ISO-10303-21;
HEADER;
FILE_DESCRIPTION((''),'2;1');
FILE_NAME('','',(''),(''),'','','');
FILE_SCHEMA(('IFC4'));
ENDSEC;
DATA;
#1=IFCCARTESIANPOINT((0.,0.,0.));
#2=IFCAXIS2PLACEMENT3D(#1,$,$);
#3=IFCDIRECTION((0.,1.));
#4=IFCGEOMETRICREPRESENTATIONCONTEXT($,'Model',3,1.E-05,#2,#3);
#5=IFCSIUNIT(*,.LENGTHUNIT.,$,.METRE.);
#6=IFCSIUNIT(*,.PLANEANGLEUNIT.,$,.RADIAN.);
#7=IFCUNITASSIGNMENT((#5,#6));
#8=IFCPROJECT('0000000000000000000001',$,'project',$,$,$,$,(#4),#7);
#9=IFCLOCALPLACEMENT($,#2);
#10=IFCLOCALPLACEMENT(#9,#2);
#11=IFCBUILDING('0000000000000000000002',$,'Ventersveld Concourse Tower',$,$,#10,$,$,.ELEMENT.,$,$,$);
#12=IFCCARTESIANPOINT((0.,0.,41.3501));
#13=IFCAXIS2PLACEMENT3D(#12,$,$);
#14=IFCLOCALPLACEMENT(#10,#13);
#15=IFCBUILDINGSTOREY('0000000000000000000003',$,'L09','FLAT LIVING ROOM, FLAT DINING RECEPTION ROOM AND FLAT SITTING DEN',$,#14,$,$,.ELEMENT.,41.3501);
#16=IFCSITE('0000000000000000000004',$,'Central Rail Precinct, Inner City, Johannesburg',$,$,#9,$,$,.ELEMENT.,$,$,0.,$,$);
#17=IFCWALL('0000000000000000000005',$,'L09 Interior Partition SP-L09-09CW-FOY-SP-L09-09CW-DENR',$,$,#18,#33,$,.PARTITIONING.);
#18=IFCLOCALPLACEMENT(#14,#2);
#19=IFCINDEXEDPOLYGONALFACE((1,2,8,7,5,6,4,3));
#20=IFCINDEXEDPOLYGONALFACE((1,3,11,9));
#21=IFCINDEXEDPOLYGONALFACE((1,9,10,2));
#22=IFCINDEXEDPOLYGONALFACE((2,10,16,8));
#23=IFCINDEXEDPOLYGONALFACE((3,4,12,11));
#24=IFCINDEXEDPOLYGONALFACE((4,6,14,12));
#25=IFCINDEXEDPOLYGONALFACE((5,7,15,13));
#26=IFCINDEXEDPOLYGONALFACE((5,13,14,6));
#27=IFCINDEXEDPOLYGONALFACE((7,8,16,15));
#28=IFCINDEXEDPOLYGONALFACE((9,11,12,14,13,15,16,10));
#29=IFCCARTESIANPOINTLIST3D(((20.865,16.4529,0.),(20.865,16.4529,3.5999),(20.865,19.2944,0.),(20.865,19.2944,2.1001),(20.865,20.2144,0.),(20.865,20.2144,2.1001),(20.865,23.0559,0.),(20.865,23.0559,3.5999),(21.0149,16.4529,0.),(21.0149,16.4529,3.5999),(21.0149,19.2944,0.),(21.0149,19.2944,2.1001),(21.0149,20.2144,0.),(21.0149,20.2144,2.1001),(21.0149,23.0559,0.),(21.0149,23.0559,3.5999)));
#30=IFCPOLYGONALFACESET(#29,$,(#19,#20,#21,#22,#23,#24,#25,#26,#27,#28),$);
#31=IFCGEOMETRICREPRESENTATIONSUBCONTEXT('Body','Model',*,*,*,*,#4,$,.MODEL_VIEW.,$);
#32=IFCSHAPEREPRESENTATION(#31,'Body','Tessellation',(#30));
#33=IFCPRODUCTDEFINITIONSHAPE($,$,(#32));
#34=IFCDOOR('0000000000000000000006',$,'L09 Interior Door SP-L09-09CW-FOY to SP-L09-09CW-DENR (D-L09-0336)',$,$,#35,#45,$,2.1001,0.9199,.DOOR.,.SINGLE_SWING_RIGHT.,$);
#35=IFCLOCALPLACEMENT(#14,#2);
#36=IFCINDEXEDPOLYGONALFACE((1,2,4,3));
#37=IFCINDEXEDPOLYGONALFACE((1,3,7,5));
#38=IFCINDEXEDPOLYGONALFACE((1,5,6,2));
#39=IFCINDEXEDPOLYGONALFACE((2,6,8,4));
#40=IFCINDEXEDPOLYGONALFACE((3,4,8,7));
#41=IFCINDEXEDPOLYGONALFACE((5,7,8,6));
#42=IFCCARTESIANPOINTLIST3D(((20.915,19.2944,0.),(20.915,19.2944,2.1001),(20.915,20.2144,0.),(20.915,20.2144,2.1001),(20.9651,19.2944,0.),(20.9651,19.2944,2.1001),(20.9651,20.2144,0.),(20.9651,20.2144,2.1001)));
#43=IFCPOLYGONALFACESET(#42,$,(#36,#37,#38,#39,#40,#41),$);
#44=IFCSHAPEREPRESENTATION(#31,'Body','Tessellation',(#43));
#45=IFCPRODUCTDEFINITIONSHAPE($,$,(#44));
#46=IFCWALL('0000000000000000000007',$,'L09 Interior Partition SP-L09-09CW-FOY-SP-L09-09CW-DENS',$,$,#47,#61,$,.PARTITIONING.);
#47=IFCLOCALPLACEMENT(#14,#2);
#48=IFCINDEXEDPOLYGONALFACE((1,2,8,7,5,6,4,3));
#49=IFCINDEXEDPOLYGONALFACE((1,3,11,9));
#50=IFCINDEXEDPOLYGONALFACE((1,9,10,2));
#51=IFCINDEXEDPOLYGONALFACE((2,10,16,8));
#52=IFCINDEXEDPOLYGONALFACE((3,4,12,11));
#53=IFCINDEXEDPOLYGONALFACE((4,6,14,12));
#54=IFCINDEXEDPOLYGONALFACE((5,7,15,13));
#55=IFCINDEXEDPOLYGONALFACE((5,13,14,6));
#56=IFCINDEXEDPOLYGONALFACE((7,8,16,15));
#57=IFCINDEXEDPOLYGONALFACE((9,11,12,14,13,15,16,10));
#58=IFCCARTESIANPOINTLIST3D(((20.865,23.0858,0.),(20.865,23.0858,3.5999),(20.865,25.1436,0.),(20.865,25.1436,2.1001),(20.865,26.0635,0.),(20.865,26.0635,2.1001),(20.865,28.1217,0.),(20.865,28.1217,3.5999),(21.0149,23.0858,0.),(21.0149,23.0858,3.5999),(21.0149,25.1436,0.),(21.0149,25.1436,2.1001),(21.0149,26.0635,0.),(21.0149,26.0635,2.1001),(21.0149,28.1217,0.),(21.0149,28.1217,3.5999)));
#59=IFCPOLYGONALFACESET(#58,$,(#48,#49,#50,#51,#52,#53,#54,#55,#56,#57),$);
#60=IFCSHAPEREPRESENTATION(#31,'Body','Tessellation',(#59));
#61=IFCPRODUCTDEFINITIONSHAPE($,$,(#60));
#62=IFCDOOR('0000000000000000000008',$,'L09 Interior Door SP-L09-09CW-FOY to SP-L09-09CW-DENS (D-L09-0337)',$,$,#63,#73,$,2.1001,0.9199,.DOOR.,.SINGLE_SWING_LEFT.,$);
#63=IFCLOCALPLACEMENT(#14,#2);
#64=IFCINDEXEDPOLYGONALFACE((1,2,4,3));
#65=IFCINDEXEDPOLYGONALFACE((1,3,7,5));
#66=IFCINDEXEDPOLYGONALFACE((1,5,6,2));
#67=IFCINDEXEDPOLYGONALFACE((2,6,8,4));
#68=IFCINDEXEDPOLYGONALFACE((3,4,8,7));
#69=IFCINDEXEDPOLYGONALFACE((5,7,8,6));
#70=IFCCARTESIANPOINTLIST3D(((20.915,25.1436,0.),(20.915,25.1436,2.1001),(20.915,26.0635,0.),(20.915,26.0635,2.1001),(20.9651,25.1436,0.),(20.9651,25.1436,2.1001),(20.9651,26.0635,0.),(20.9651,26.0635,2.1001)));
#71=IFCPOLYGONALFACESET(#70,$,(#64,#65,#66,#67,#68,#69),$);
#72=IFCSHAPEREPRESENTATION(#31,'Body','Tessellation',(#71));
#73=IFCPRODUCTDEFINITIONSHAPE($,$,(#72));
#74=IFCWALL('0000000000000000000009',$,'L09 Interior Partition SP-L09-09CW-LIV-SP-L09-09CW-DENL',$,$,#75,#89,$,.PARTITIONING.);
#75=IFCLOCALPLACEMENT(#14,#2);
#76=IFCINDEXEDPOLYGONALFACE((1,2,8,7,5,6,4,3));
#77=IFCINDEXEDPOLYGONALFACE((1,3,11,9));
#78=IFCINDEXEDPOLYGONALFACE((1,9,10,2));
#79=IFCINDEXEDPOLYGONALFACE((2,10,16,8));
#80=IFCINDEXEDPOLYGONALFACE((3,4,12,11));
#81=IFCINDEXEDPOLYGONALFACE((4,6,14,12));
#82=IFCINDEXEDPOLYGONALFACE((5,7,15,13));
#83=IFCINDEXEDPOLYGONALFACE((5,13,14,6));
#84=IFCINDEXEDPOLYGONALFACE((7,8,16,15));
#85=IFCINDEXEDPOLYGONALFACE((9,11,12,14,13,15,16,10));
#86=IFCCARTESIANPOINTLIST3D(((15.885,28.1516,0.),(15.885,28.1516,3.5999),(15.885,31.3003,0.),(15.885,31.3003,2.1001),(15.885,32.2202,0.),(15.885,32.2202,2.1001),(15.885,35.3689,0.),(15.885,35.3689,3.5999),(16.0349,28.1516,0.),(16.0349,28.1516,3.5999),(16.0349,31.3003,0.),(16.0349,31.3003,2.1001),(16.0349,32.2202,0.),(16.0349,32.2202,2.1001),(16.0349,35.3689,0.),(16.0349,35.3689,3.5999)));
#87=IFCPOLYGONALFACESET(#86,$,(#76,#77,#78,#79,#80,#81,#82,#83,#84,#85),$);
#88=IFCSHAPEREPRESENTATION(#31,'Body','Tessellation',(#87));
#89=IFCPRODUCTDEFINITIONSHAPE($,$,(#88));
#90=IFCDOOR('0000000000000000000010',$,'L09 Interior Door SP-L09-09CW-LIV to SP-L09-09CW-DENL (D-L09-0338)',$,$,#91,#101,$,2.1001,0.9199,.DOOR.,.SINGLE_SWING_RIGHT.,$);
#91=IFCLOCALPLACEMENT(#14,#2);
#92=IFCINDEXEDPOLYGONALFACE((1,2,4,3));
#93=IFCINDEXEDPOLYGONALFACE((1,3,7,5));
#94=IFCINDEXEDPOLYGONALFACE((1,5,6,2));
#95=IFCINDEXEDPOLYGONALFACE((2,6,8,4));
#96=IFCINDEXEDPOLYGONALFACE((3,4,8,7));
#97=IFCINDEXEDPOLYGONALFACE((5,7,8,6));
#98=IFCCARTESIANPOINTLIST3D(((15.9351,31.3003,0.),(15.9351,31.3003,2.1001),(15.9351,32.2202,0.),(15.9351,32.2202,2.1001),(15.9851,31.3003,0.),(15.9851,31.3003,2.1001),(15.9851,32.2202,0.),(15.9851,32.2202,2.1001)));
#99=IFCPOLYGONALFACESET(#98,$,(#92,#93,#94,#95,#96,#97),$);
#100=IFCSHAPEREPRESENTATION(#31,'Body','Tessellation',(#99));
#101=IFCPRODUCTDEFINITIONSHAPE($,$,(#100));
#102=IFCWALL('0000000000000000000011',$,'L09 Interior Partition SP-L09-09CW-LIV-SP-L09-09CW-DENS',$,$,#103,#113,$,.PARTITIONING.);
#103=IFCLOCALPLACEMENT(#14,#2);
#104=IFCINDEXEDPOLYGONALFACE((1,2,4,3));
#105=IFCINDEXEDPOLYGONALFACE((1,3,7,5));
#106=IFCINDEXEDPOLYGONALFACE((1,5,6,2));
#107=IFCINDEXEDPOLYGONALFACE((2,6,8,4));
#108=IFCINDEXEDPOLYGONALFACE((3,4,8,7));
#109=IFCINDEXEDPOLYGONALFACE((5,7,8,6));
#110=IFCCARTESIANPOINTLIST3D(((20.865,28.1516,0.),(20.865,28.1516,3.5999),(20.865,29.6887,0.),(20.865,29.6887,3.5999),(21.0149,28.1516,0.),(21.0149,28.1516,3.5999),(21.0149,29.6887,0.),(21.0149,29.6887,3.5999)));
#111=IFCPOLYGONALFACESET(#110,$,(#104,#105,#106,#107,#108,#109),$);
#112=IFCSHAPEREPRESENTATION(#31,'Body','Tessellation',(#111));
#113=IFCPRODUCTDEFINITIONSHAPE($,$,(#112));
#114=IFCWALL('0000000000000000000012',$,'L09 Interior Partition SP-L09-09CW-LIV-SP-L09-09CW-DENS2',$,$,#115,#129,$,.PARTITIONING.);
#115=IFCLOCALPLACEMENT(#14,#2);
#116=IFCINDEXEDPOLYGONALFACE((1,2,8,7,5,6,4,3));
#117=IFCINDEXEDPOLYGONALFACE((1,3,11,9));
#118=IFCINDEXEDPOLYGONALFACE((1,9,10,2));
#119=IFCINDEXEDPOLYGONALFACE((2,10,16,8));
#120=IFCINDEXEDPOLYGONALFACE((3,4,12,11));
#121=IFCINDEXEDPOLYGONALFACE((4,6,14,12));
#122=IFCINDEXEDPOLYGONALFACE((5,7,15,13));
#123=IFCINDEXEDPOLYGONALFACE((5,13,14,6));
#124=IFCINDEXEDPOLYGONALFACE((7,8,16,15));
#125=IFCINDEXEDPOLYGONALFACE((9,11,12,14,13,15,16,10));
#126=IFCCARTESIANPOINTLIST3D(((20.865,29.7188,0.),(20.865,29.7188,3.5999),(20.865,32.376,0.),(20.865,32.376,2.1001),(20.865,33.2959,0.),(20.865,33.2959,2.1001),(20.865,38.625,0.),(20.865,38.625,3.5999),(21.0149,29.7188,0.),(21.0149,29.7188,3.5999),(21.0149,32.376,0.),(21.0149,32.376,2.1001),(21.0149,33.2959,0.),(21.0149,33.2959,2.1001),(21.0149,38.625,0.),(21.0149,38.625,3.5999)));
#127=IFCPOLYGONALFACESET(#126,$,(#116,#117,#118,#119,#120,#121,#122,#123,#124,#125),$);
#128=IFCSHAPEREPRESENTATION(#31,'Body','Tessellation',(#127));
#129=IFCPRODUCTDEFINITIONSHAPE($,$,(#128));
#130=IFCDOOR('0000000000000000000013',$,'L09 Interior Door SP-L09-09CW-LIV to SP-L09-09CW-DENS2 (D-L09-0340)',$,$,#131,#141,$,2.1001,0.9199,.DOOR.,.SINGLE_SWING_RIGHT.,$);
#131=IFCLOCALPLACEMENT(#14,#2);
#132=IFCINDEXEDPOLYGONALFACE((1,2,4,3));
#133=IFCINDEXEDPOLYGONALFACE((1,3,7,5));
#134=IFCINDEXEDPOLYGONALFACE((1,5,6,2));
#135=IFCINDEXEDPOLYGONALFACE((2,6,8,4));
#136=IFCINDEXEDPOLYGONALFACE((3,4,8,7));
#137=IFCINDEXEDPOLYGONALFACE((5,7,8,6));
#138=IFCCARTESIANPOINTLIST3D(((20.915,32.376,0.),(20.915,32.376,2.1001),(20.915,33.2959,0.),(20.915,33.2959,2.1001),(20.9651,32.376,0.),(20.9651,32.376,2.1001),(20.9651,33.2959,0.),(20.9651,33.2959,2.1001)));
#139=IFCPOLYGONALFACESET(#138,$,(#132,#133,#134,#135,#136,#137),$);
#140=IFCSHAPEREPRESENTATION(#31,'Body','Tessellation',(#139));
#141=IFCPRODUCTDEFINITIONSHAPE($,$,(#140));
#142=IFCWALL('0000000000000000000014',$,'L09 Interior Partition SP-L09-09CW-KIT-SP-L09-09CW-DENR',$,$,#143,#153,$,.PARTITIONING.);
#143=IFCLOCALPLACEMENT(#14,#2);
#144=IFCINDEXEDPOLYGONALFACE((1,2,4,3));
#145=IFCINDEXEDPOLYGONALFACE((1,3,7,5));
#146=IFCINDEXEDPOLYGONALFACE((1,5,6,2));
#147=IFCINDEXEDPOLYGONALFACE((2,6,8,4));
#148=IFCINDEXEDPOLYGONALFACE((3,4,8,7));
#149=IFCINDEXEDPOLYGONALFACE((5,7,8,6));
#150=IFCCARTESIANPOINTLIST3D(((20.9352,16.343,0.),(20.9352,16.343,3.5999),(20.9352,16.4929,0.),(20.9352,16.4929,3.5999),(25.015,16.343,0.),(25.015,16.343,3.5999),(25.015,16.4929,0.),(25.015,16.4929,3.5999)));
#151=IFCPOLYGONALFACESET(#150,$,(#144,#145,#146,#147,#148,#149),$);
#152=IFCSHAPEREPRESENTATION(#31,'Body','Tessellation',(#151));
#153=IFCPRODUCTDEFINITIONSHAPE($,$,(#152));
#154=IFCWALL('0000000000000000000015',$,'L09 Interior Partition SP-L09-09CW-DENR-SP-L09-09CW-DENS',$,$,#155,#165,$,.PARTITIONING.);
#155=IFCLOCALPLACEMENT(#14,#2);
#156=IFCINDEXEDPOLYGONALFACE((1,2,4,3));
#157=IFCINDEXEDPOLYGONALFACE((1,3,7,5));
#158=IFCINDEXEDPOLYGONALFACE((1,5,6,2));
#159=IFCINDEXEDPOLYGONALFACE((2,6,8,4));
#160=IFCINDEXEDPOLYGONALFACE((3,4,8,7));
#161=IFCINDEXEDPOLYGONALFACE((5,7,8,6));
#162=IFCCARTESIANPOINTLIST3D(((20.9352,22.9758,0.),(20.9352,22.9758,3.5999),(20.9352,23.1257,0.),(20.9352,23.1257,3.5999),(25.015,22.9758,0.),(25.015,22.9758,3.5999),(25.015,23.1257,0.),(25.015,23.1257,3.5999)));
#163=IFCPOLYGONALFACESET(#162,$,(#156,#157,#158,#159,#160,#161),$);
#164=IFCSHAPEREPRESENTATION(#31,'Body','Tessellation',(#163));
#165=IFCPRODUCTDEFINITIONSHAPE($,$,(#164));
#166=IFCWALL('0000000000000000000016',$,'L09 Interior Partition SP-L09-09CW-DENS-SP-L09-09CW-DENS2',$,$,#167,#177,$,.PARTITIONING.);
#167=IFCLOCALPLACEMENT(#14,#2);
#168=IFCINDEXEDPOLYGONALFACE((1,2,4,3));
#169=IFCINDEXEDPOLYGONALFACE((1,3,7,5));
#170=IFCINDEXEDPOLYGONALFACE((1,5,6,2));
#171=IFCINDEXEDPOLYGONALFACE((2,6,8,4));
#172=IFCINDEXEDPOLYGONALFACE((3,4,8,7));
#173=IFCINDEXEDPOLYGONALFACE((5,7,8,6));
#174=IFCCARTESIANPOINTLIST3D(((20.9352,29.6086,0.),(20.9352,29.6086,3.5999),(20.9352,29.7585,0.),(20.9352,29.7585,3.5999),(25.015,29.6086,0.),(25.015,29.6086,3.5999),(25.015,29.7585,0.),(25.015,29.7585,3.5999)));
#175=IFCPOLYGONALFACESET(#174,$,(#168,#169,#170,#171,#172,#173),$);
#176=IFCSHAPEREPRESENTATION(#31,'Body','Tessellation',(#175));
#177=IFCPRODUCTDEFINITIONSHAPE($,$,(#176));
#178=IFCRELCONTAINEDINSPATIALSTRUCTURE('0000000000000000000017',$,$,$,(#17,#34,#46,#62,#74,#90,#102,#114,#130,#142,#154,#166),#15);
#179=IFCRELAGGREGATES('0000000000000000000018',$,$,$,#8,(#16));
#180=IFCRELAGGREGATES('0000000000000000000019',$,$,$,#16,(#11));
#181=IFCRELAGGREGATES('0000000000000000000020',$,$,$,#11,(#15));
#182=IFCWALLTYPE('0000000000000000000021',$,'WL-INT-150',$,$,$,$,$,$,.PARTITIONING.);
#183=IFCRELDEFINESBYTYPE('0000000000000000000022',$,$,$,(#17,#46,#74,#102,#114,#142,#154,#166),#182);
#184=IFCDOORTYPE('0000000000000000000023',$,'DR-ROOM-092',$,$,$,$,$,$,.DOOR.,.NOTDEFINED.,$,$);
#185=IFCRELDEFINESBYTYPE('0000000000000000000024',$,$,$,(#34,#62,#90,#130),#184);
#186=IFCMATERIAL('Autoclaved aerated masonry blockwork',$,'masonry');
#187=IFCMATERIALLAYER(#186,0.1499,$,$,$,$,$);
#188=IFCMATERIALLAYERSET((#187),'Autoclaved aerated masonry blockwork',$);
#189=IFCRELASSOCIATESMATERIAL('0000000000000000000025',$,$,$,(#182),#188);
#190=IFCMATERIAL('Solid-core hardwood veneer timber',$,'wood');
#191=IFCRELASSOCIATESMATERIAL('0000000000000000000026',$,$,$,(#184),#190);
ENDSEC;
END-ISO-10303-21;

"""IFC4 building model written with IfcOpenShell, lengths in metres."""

from ifc_helpers import new_model, si_unit, direction, frame, frame_2d, origin, place, context, subcontext, project, spatial, rectangle, extrude, material, layer, layer_set, type_object, element, fill, save


model = new_model("IFC4")

# Units and contexts
model_context = context("Model", 3, precision=1e-05, world=origin(), true_north=direction((0.0, 1.0)))
body_context = subcontext(model_context, "Body", "Model", "MODEL_VIEW")
ifc_project = project(units=[si_unit("LENGTHUNIT", "METRE"), si_unit("PLANEANGLEUNIT", "RADIAN")], contexts=[model_context])

# Site, building, storey
site_placement = place(None, origin())
site = spatial("IfcSite", under=ifc_project, at=site_placement, Name="Central Rail Precinct, Inner City, Johannesburg", CompositionType="ELEMENT", RefElevation=0.0)
building_placement = place(site_placement, origin())
building = spatial("IfcBuilding", under=site, at=building_placement, Name="Ventersveld Concourse Tower", CompositionType="ELEMENT")
storey_placement = place(building_placement, frame((0.0, 0.0, 41.3501)))
storey = spatial("IfcBuildingStorey", under=building, at=storey_placement, Name="L09", Description="FLAT LIVING ROOM, FLAT DINING RECEPTION ROOM AND FLAT SITTING DEN", CompositionType="ELEMENT", Elevation=41.3501)

# Walls, openings, doors
ifc_material_1 = material(Name="Autoclaved aerated masonry blockwork", Category="masonry")
ifc_layer_1 = layer(ifc_material_1, 0.1499)
ifc_layer_set_1 = layer_set([ifc_layer_1], Name="Autoclaved aerated masonry blockwork")
wall_type_1 = type_object("IfcWallType", Name="WL-INT-150", PredefinedType="PARTITIONING", material=ifc_layer_set_1)
ifc_material_2 = material(Name="Solid-core hardwood veneer timber", Category="wood")
door_type = type_object("IfcDoorType", Name="DR-ROOM-092", OperationType="NOTDEFINED", PredefinedType="DOOR", material=ifc_material_2)
wall_1_placement = place(storey_placement, frame((20.9399, 16.4529, 0.0), z_axis=(0.0, 0.0, 1.0), x_axis=(0.0, 1.0, 0.0)))
wall_1 = element("IfcWall", 1, at=wall_1_placement, inside=storey, type_object=wall_type_1, Name="L09 Interior Partition SP-L09-09CW-FOY-SP-L09-09CW-DENR", PredefinedType="PARTITIONING", context=body_context, shape_type="SweptSolid", body=[
    extrude(rectangle(XDim=6.603, YDim=0.1499, at=frame_2d((3.3015, 0.0))), origin(), (0.0, 0.0, 1.0), 3.5999),
])
opening_1_placement = place(wall_1_placement, frame((2.8416, 0.0, 0.0)))
opening_1 = element("IfcOpeningElement", 2, at=opening_1_placement, cuts=wall_1, PredefinedType="OPENING", context=body_context, shape_type="SweptSolid", body=[
    extrude(rectangle(XDim=0.9199, YDim=2.1001, at=frame_2d((0.46, 1.05))), frame((0.0, 0.085, 0.0), z_axis=(0.0, -1.0, 0.0), x_axis=(1.0, 0.0, 0.0)), (0.0, 0.0, 1.0), 0.1699),
])
door_1_placement = place(opening_1_placement, origin())
door_1 = element("IfcDoor", 3, at=door_1_placement, inside=storey, type_object=door_type, Name="L09 Interior Door SP-L09-09CW-FOY to SP-L09-09CW-DENR (D-L09-0336)", OperationType="SINGLE_SWING_RIGHT", OverallHeight=2.1001, OverallWidth=0.9199, PredefinedType="DOOR", context=body_context, shape_type="SweptSolid", body=[
    extrude(rectangle(XDim=0.9199, YDim=2.1001, at=frame_2d((0.46, 1.05))), frame((0.0, 0.0249, 0.0), z_axis=(0.0, -1.0, 0.0), x_axis=(1.0, 0.0, 0.0)), (0.0, 0.0, 1.0), 0.05),
])
fill(opening_1, door_1)
wall_2_placement = place(storey_placement, frame((20.9399, 23.0857, 0.0), z_axis=(0.0, 0.0, 1.0), x_axis=(0.0, 1.0, 0.0)))
wall_2 = element("IfcWall", 4, at=wall_2_placement, inside=storey, type_object=wall_type_1, Name="L09 Interior Partition SP-L09-09CW-FOY-SP-L09-09CW-DENS", PredefinedType="PARTITIONING", context=body_context, shape_type="SweptSolid", body=[
    extrude(rectangle(XDim=5.0359, YDim=0.1499, at=frame_2d((2.5181, 0.0))), origin(), (0.0, 0.0, 1.0), 3.5999),
])
opening_2_placement = place(wall_2_placement, frame((2.0579, 0.0, 0.0)))
opening_2 = element("IfcOpeningElement", 5, at=opening_2_placement, cuts=wall_2, PredefinedType="OPENING", context=body_context, shape_type="SweptSolid", body=[
    extrude(rectangle(XDim=0.9199, YDim=2.1001, at=frame_2d((0.46, 1.05))), frame((0.0, 0.085, 0.0), z_axis=(0.0, -1.0, 0.0), x_axis=(1.0, 0.0, 0.0)), (0.0, 0.0, 1.0), 0.1699),
])
door_2_placement = place(opening_2_placement, origin())
door_2 = element("IfcDoor", 6, at=door_2_placement, inside=storey, type_object=door_type, Name="L09 Interior Door SP-L09-09CW-FOY to SP-L09-09CW-DENS (D-L09-0337)", OperationType="SINGLE_SWING_LEFT", OverallHeight=2.1001, OverallWidth=0.9199, PredefinedType="DOOR", context=body_context, shape_type="SweptSolid", body=[
    extrude(rectangle(XDim=0.9199, YDim=2.1001, at=frame_2d((0.46, 1.05))), frame((0.0, 0.0249, 0.0), z_axis=(0.0, -1.0, 0.0), x_axis=(1.0, 0.0, 0.0)), (0.0, 0.0, 1.0), 0.05),
])
fill(opening_2, door_2)
wall_3_placement = place(storey_placement, frame((15.96, 28.1516, 0.0), z_axis=(0.0, 0.0, 1.0), x_axis=(0.0, 1.0, 0.0)))
wall_3 = element("IfcWall", 7, at=wall_3_placement, inside=storey, type_object=wall_type_1, Name="L09 Interior Partition SP-L09-09CW-LIV-SP-L09-09CW-DENL", PredefinedType="PARTITIONING", context=body_context, shape_type="SweptSolid", body=[
    extrude(rectangle(XDim=7.2173, YDim=0.1499, at=frame_2d((3.6086, 0.0))), origin(), (0.0, 0.0, 1.0), 3.5999),
])
opening_3_placement = place(wall_3_placement, frame((3.1487, 0.0, 0.0)))
opening_3 = element("IfcOpeningElement", 8, at=opening_3_placement, cuts=wall_3, PredefinedType="OPENING", context=body_context, shape_type="SweptSolid", body=[
    extrude(rectangle(XDim=0.9199, YDim=2.1001, at=frame_2d((0.46, 1.05))), frame((0.0, 0.085, 0.0), z_axis=(0.0, -1.0, 0.0), x_axis=(1.0, 0.0, 0.0)), (0.0, 0.0, 1.0), 0.1699),
])
door_3_placement = place(opening_3_placement, origin())
door_3 = element("IfcDoor", 9, at=door_3_placement, inside=storey, type_object=door_type, Name="L09 Interior Door SP-L09-09CW-LIV to SP-L09-09CW-DENL (D-L09-0338)", OperationType="SINGLE_SWING_RIGHT", OverallHeight=2.1001, OverallWidth=0.9199, PredefinedType="DOOR", context=body_context, shape_type="SweptSolid", body=[
    extrude(rectangle(XDim=0.9199, YDim=2.1001, at=frame_2d((0.46, 1.05))), frame((0.0, 0.0249, 0.0), z_axis=(0.0, -1.0, 0.0), x_axis=(1.0, 0.0, 0.0)), (0.0, 0.0, 1.0), 0.05),
])
fill(opening_3, door_3)

# Wall
wall_4_placement = place(storey_placement, frame((20.9399, 28.1516, 0.0), z_axis=(0.0, 0.0, 1.0), x_axis=(0.0, 1.0, 0.0)))
element("IfcWall", 10, at=wall_4_placement, inside=storey, type_object=wall_type_1, Name="L09 Interior Partition SP-L09-09CW-LIV-SP-L09-09CW-DENS", PredefinedType="PARTITIONING", context=body_context, shape_type="SweptSolid", body=[
    extrude(rectangle(XDim=1.5371, YDim=0.1499, at=frame_2d((0.7686, 0.0))), origin(), (0.0, 0.0, 1.0), 3.5999),
])

# Wall, opening, door
wall_5_placement = place(storey_placement, frame((20.9399, 29.7188, 0.0), z_axis=(0.0, 0.0, 1.0), x_axis=(0.0, 1.0, 0.0)))
wall_5 = element("IfcWall", 11, at=wall_5_placement, inside=storey, type_object=wall_type_1, Name="L09 Interior Partition SP-L09-09CW-LIV-SP-L09-09CW-DENS2", PredefinedType="PARTITIONING", context=body_context, shape_type="SweptSolid", body=[
    extrude(rectangle(XDim=8.9062, YDim=0.1499, at=frame_2d((4.4531, 0.0))), origin(), (0.0, 0.0, 1.0), 3.5999),
])
opening_4_placement = place(wall_5_placement, frame((2.6572, 0.0, 0.0)))
opening_4 = element("IfcOpeningElement", 12, at=opening_4_placement, cuts=wall_5, PredefinedType="OPENING", context=body_context, shape_type="SweptSolid", body=[
    extrude(rectangle(XDim=0.9199, YDim=2.1001, at=frame_2d((0.46, 1.05))), frame((0.0, 0.085, 0.0), z_axis=(0.0, -1.0, 0.0), x_axis=(1.0, 0.0, 0.0)), (0.0, 0.0, 1.0), 0.1699),
])
door_4_placement = place(opening_4_placement, origin())
door_4 = element("IfcDoor", 13, at=door_4_placement, inside=storey, type_object=door_type, Name="L09 Interior Door SP-L09-09CW-LIV to SP-L09-09CW-DENS2 (D-L09-0340)", OperationType="SINGLE_SWING_RIGHT", OverallHeight=2.1001, OverallWidth=0.9199, PredefinedType="DOOR", context=body_context, shape_type="SweptSolid", body=[
    extrude(rectangle(XDim=0.9199, YDim=2.1001, at=frame_2d((0.46, 1.05))), frame((0.0, 0.0249, 0.0), z_axis=(0.0, -1.0, 0.0), x_axis=(1.0, 0.0, 0.0)), (0.0, 0.0, 1.0), 0.05),
])
fill(opening_4, door_4)

# Walls
for number, where, z_axis, x_axis, name in (
    (14, (20.9351, 16.418, 0.0), (0.0, 0.0, 1.0), (1.0, 0.0, 0.0), "L09 Interior Partition SP-L09-09CW-KIT-SP-L09-09CW-DENR"),
    (15, (20.9351, 23.0508, 0.0), (0.0, 0.0, 1.0), (1.0, 0.0, 0.0), "L09 Interior Partition SP-L09-09CW-DENR-SP-L09-09CW-DENS"),
    (16, (20.9351, 29.6836, 0.0), (0.0, 0.0, 1.0), (1.0, 0.0, 0.0), "L09 Interior Partition SP-L09-09CW-DENS-SP-L09-09CW-DENS2"),
):
    element("IfcWall", number, at=place(storey_placement, frame(where, z_axis=z_axis, x_axis=x_axis)), inside=storey, type_object=wall_type_1, Name=name, PredefinedType="PARTITIONING", context=body_context, shape_type="SweptSolid", body=[
        extrude(rectangle(XDim=4.0798, YDim=0.1499, at=frame_2d((2.04, 0.0))), origin(), (0.0, 0.0, 1.0), 3.5999),
    ])

save(model, "model.ifc")
